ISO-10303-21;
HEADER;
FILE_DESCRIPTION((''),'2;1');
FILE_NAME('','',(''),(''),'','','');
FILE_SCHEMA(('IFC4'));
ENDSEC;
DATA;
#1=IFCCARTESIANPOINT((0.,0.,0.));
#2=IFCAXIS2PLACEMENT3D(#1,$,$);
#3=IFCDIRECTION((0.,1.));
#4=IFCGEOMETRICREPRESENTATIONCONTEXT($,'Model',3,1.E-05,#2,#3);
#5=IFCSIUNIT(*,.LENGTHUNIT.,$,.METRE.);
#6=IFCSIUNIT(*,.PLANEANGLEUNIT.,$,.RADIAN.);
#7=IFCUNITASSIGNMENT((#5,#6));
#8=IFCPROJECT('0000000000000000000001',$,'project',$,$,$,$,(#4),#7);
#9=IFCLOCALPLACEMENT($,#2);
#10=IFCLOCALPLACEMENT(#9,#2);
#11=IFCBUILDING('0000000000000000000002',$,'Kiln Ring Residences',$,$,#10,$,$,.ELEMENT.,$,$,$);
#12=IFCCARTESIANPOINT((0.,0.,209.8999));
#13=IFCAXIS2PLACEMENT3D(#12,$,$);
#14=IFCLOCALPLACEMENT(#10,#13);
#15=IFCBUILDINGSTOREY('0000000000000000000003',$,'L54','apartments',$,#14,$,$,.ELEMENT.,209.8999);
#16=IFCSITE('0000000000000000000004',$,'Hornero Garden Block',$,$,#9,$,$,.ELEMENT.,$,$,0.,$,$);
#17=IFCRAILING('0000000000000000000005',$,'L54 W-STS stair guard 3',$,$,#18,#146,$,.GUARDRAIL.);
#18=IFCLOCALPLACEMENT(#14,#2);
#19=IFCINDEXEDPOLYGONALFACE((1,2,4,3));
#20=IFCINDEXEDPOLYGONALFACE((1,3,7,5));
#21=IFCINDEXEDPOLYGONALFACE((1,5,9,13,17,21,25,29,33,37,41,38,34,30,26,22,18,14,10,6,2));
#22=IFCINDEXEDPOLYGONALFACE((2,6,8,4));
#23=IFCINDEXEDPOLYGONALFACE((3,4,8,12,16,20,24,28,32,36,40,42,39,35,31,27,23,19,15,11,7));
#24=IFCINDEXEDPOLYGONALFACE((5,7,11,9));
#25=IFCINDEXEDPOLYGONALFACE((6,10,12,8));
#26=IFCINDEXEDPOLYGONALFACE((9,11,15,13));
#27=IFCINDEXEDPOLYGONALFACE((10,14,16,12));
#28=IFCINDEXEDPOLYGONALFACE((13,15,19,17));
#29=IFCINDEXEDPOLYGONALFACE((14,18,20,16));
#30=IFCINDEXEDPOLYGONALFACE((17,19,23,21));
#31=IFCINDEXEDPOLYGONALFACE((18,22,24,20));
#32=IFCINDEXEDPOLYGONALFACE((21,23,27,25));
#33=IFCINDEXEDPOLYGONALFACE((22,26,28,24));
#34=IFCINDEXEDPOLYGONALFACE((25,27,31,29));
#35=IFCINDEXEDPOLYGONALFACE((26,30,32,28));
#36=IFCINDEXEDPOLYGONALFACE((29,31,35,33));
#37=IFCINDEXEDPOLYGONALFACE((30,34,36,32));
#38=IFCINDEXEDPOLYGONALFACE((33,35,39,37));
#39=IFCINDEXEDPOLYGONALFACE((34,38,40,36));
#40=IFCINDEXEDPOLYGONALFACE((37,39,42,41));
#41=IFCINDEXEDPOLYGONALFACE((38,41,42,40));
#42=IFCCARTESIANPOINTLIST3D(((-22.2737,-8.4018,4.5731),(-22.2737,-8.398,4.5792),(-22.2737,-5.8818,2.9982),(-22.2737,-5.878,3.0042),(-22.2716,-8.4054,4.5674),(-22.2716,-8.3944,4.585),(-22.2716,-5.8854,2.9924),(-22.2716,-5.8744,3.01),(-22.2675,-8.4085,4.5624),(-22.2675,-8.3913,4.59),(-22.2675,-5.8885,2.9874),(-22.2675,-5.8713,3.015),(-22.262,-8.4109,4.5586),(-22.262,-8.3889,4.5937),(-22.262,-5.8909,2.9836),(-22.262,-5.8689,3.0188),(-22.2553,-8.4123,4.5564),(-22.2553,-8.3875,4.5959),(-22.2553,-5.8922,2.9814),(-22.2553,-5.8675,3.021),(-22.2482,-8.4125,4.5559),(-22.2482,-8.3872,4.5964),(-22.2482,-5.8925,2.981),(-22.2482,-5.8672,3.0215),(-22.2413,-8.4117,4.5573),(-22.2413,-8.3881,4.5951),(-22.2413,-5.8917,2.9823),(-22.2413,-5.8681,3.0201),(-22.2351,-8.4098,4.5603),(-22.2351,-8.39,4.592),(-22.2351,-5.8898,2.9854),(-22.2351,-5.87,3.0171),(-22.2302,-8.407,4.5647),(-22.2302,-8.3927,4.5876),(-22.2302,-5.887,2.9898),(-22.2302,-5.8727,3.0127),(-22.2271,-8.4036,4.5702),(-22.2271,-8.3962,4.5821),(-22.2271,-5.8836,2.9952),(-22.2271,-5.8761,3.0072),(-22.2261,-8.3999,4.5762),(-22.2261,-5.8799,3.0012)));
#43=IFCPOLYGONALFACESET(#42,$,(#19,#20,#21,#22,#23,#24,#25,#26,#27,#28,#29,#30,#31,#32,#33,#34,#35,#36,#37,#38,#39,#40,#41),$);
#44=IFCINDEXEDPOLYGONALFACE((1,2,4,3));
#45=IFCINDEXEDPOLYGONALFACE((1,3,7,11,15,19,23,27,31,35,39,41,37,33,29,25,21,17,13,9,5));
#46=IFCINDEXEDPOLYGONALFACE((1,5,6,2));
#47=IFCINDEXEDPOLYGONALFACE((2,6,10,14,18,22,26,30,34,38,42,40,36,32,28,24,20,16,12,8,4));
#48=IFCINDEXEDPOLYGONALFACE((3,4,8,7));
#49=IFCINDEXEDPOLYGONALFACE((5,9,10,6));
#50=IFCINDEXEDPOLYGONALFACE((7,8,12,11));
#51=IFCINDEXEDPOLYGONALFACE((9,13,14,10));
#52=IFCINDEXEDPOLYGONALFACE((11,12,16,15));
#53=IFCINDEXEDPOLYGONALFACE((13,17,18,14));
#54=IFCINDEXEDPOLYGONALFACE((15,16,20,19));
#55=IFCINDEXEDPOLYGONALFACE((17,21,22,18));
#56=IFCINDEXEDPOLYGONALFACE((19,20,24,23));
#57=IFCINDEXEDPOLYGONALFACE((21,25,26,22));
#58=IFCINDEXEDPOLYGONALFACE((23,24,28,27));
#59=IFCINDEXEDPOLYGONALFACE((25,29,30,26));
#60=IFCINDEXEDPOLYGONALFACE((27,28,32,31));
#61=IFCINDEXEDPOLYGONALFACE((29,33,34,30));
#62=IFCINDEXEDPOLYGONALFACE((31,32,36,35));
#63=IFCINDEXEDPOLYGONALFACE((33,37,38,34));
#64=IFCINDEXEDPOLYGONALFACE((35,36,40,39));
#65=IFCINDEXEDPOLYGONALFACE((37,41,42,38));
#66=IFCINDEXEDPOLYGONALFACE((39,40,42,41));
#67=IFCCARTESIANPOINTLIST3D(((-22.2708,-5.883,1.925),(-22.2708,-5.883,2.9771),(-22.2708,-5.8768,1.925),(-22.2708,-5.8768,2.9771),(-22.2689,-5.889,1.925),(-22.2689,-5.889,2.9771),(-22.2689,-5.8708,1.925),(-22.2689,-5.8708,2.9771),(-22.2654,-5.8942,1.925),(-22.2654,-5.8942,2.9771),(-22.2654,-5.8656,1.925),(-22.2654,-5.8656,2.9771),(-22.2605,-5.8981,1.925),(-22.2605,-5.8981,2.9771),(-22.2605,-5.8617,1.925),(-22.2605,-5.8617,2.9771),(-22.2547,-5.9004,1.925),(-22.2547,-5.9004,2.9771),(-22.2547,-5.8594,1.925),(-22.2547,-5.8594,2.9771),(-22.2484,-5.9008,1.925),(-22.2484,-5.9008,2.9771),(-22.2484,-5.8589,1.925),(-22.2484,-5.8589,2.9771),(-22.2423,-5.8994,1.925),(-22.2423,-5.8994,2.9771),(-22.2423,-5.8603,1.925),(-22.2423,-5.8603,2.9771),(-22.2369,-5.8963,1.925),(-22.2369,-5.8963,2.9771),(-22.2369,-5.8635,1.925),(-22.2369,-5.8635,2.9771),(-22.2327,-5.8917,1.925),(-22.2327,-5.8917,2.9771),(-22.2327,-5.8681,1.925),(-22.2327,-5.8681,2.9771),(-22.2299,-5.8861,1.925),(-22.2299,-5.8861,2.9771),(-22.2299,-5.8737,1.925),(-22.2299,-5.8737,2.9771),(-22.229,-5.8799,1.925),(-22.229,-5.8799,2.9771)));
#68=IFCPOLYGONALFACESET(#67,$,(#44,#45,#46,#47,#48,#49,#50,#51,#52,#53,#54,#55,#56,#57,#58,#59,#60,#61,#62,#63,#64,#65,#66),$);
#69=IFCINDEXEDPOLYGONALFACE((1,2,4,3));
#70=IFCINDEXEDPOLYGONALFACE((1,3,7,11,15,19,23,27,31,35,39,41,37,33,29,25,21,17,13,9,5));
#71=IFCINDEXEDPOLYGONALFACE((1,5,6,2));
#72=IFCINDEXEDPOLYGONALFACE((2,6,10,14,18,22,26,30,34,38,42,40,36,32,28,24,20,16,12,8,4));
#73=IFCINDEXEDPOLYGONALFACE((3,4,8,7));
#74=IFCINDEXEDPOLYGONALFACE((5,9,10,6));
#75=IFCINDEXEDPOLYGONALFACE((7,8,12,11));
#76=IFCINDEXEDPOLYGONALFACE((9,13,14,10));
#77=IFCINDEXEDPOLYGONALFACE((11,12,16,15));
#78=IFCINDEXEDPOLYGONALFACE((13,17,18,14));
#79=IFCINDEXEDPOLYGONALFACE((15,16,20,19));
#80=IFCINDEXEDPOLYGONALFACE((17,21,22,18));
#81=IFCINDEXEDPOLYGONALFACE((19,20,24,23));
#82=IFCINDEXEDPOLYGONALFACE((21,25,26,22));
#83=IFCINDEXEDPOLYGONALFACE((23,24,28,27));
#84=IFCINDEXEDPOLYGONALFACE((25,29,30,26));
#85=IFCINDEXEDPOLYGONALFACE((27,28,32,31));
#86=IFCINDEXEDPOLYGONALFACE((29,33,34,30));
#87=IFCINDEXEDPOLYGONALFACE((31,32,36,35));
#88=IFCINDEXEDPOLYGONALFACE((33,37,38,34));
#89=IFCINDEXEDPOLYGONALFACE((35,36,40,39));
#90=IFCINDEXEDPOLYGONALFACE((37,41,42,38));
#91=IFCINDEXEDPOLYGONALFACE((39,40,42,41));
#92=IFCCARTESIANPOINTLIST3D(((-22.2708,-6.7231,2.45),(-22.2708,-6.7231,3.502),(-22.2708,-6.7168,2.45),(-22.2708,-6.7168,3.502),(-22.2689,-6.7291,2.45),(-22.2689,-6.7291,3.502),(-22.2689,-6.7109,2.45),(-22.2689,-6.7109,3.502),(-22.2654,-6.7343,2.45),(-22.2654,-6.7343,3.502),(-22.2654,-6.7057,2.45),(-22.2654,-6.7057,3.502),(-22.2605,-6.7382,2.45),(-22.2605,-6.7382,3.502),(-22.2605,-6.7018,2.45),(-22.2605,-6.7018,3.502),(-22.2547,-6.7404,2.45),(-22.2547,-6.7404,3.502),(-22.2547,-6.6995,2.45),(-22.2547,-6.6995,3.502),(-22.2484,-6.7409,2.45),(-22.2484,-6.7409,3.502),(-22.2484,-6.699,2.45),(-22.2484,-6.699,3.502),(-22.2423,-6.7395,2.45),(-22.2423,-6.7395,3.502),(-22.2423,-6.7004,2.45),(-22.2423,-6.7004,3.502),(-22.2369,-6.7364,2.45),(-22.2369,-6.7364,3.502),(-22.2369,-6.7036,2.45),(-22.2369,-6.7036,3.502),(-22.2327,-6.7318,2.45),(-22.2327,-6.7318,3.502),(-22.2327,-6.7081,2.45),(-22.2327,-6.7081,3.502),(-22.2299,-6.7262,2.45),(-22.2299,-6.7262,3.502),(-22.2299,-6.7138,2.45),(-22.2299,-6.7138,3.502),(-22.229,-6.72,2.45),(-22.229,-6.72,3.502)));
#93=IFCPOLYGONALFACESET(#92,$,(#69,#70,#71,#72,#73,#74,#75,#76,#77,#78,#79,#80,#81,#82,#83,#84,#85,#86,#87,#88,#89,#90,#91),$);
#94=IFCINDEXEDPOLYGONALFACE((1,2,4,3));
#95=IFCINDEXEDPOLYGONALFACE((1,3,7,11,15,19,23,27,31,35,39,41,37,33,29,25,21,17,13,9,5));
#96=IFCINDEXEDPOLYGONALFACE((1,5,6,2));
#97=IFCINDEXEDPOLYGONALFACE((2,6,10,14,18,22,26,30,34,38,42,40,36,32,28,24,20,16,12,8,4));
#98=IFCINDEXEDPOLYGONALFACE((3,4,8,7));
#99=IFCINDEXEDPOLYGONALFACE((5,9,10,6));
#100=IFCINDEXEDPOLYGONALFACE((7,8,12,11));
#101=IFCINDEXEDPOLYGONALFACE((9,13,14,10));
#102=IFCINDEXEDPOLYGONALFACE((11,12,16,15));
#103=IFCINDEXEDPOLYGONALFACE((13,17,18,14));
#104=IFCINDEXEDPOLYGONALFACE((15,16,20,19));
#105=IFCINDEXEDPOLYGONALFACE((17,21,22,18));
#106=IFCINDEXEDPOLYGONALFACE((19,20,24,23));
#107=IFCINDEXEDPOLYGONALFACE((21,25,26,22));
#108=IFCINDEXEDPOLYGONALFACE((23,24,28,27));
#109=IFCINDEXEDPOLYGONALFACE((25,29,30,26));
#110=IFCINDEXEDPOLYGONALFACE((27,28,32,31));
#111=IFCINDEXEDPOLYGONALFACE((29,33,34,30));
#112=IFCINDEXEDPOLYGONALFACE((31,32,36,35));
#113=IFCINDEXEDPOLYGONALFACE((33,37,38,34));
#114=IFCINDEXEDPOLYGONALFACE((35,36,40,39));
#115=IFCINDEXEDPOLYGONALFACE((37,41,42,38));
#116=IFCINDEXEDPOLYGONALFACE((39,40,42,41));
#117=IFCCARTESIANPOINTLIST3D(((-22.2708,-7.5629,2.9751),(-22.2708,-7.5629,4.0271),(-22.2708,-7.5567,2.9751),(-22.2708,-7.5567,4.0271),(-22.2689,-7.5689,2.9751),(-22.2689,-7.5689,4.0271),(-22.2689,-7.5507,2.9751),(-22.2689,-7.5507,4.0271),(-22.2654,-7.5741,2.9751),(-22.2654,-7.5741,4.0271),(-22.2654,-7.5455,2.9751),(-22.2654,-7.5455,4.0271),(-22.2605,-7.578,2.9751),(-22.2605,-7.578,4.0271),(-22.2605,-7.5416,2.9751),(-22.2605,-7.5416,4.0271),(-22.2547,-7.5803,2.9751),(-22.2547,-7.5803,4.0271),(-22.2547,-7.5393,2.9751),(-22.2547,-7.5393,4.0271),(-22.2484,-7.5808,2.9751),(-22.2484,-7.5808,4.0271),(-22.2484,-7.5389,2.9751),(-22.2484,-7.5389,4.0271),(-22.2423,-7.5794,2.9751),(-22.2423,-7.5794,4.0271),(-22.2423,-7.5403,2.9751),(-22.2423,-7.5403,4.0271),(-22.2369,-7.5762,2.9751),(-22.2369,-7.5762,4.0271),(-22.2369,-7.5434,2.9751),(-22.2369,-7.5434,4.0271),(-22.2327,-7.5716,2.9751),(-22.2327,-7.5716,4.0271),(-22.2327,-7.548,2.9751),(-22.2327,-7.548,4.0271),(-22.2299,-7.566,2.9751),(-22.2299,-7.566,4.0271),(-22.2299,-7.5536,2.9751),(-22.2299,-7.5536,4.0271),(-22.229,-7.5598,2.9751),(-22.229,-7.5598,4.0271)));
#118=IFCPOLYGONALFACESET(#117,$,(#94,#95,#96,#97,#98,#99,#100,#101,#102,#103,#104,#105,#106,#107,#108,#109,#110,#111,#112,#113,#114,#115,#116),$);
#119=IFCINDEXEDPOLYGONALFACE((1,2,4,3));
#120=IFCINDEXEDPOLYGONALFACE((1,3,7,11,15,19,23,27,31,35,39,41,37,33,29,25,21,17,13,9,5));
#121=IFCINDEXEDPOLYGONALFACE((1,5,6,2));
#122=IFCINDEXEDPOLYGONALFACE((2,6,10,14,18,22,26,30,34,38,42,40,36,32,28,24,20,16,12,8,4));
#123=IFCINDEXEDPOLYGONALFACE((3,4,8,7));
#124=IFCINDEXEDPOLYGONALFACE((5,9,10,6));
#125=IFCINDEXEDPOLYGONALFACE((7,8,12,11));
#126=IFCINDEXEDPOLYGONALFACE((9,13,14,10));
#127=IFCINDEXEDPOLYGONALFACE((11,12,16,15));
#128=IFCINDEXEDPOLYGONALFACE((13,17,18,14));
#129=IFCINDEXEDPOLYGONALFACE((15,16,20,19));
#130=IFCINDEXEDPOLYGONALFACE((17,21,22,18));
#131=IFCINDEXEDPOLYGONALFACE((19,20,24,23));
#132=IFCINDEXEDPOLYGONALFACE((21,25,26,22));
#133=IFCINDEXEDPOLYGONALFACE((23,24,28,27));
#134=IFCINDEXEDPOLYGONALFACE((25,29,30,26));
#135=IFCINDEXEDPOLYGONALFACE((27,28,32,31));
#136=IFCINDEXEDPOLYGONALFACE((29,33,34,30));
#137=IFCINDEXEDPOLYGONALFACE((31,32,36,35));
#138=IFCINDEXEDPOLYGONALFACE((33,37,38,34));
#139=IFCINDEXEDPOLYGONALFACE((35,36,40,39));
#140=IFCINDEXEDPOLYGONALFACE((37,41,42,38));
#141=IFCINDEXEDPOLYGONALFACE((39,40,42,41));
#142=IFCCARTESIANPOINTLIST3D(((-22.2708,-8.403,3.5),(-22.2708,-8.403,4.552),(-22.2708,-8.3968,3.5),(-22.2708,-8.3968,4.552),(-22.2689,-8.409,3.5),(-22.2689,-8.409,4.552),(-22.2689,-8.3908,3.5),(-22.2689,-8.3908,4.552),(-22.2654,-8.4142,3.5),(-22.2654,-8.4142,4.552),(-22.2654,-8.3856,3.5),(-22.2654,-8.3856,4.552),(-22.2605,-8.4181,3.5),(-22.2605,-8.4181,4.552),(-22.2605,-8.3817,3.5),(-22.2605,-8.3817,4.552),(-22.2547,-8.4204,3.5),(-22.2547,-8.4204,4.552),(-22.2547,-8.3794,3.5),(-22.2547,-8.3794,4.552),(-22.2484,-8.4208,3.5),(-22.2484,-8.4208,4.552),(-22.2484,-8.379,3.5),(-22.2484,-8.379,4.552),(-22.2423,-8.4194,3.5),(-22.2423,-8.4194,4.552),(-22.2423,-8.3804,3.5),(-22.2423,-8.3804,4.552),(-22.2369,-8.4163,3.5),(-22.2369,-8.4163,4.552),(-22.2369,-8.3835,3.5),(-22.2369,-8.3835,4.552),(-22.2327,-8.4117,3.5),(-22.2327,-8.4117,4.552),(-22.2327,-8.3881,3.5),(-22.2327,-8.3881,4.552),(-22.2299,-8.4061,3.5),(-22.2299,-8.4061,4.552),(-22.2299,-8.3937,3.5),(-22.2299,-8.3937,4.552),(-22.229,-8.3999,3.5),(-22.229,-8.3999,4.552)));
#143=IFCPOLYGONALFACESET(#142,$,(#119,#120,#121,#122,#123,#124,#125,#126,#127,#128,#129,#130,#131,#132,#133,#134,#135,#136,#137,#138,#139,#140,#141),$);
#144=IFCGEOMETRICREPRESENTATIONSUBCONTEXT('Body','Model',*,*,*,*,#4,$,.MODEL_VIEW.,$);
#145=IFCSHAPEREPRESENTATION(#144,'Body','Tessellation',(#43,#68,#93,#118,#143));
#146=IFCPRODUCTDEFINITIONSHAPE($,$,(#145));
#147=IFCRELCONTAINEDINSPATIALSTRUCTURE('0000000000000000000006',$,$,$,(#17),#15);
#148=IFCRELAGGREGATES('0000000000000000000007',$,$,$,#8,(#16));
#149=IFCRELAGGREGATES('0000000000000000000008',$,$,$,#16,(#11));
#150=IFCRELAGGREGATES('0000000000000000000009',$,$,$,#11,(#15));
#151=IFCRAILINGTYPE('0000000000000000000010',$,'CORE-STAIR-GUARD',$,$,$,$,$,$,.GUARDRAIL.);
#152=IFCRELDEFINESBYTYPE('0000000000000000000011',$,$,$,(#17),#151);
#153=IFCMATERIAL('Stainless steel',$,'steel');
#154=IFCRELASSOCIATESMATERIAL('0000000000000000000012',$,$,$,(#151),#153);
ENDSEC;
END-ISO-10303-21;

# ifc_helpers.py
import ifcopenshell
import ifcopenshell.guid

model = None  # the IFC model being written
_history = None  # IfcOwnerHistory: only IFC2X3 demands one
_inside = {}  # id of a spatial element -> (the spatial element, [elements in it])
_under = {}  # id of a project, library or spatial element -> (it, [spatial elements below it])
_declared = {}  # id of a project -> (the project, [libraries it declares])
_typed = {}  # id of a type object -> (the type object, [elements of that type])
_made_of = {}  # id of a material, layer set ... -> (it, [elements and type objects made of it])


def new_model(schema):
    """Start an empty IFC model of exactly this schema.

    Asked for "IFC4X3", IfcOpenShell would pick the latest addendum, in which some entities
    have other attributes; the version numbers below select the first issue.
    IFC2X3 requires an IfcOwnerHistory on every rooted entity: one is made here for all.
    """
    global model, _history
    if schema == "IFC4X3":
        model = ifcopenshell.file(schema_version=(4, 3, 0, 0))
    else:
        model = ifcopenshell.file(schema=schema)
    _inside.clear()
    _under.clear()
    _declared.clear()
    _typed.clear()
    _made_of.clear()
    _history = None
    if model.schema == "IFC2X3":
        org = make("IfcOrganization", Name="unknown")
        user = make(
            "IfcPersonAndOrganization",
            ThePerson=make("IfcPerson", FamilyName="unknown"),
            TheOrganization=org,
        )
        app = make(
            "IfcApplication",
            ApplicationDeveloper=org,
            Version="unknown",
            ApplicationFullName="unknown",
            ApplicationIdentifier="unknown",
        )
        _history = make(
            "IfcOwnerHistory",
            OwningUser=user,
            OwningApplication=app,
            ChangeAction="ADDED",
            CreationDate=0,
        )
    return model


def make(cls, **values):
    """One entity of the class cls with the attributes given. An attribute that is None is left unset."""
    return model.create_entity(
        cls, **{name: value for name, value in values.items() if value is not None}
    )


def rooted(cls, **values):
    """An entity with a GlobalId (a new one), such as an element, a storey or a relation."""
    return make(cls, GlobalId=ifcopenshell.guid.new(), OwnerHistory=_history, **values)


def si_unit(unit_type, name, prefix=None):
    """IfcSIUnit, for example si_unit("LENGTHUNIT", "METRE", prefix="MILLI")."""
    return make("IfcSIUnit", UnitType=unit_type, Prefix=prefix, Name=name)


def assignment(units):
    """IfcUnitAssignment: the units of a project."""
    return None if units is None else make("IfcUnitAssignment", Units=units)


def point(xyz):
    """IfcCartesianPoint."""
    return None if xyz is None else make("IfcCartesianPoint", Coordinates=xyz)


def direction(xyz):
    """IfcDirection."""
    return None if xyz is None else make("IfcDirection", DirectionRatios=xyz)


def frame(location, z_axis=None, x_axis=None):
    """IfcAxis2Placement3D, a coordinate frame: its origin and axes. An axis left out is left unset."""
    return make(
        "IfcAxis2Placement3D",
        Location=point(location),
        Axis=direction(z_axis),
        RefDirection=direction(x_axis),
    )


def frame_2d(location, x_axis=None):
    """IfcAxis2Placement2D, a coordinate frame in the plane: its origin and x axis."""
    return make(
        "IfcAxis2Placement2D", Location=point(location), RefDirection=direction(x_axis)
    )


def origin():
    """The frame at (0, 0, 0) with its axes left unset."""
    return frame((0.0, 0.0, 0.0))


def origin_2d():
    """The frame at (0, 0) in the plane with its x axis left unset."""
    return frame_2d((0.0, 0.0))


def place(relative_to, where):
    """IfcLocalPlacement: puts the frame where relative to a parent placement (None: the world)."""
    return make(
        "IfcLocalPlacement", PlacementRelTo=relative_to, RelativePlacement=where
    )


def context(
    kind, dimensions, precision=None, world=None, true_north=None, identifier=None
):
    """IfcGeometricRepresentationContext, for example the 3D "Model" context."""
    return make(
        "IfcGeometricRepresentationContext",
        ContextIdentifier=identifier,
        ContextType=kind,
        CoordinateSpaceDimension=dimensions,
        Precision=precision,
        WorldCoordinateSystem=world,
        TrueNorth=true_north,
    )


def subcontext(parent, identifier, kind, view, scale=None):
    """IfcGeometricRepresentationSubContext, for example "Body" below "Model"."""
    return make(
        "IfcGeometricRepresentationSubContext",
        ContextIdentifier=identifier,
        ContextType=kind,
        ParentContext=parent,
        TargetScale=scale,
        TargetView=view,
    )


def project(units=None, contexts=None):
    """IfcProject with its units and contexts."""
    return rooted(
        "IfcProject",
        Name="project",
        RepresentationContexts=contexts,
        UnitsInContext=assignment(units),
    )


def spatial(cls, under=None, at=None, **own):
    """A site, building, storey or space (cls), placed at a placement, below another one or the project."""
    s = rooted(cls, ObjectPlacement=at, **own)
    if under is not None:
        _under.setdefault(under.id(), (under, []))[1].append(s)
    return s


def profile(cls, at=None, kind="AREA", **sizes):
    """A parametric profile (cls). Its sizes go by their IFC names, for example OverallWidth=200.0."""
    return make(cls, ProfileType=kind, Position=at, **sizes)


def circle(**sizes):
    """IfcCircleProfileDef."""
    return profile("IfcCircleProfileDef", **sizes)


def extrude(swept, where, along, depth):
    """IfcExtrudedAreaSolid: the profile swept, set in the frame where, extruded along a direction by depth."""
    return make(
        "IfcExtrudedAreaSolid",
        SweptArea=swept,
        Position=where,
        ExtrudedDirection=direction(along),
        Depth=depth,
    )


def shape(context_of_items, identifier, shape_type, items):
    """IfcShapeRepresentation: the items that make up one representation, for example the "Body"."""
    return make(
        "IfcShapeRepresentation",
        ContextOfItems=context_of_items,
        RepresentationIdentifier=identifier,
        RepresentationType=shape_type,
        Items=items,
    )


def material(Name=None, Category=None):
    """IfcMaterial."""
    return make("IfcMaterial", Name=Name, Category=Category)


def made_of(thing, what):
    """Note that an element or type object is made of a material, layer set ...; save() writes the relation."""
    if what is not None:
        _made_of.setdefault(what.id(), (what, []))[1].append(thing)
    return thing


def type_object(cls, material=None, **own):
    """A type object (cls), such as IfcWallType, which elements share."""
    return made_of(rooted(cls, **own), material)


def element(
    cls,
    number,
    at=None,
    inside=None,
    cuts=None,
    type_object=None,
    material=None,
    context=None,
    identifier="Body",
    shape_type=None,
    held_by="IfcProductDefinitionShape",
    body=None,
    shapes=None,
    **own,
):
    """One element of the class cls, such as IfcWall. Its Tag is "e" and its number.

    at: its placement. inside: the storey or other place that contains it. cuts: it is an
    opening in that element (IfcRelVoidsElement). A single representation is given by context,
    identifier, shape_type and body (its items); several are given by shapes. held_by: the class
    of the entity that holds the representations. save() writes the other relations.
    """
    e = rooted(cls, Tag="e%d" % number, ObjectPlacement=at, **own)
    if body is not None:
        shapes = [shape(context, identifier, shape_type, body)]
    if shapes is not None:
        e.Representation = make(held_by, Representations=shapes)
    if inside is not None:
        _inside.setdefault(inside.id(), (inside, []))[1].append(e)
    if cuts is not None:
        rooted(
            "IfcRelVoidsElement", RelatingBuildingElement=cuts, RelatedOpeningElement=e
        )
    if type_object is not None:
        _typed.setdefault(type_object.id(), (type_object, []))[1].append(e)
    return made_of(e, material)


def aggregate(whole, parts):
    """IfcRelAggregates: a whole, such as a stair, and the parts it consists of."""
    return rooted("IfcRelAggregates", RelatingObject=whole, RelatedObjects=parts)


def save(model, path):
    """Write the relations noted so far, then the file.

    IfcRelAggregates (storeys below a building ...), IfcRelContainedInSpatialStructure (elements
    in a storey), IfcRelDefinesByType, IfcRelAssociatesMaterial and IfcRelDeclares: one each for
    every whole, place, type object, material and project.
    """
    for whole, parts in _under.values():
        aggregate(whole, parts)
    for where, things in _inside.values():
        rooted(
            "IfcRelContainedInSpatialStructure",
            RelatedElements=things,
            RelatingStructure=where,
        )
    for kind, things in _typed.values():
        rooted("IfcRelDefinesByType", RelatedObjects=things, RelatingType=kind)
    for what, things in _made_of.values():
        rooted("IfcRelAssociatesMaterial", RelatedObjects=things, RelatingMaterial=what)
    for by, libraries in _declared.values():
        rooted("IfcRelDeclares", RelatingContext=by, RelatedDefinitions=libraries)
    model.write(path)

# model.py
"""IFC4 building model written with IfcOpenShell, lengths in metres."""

from ifc_helpers import new_model, si_unit, direction, frame, origin, origin_2d, place, context, subcontext, project, spatial, circle, extrude, material, type_object, element, save


model = new_model("IFC4")

# Units and contexts
model_context = context("Model", 3, precision=1e-05, world=origin(), true_north=direction((0.0, 1.0)))
body_context = subcontext(model_context, "Body", "Model", "MODEL_VIEW")
ifc_project = project(units=[si_unit("LENGTHUNIT", "METRE"), si_unit("PLANEANGLEUNIT", "RADIAN")], contexts=[model_context])

# Site, building, storey
site_placement = place(None, origin())
site = spatial("IfcSite", under=ifc_project, at=site_placement, Name="Hornero Garden Block", CompositionType="ELEMENT", RefElevation=0.0)
building_placement = place(site_placement, origin())
building = spatial("IfcBuilding", under=site, at=building_placement, Name="Kiln Ring Residences", CompositionType="ELEMENT")
storey_placement = place(building_placement, frame((0.0, 0.0, 209.8999)))
storey = spatial("IfcBuildingStorey", under=building, at=storey_placement, Name="L54", Description="apartments", CompositionType="ELEMENT", Elevation=209.8999)

# Railing
ifc_material_1 = material(Name="Stainless steel", Category="steel")
railing_type_1 = type_object("IfcRailingType", Name="CORE-STAIR-GUARD", PredefinedType="GUARDRAIL", material=ifc_material_1)
railing_1_placement = place(storey_placement, frame((-22.25, -5.8799, 1.925)))
element("IfcRailing", 1, at=railing_1_placement, inside=storey, type_object=railing_type_1, Name="L54 W-STS stair guard 3", PredefinedType="GUARDRAIL", context=body_context, shape_type="SweptSolid", body=[
    extrude(circle(Radius=0.0239, at=origin_2d()), frame((0.0, 0.0, 1.0762), z_axis=(0.0, -0.848008, 0.529984), x_axis=(1.0, 0.0, 0.0)), (0.0, 0.0, 1.0), 2.9717),
    extrude(circle(Radius=0.021, at=origin_2d()), origin(), (0.0, 0.0, 1.0), 1.052),
    extrude(circle(Radius=0.021, at=origin_2d()), frame((0.0, -0.8401, 0.5249)), (0.0, 0.0, 1.0), 1.052),
    extrude(circle(Radius=0.021, at=origin_2d()), frame((0.0, -1.6799, 1.05)), (0.0, 0.0, 1.0), 1.052),
    extrude(circle(Radius=0.021, at=origin_2d()), frame((0.0, -2.52, 1.575)), (0.0, 0.0, 1.0), 1.052),
])

save(model, "model.ifc")
